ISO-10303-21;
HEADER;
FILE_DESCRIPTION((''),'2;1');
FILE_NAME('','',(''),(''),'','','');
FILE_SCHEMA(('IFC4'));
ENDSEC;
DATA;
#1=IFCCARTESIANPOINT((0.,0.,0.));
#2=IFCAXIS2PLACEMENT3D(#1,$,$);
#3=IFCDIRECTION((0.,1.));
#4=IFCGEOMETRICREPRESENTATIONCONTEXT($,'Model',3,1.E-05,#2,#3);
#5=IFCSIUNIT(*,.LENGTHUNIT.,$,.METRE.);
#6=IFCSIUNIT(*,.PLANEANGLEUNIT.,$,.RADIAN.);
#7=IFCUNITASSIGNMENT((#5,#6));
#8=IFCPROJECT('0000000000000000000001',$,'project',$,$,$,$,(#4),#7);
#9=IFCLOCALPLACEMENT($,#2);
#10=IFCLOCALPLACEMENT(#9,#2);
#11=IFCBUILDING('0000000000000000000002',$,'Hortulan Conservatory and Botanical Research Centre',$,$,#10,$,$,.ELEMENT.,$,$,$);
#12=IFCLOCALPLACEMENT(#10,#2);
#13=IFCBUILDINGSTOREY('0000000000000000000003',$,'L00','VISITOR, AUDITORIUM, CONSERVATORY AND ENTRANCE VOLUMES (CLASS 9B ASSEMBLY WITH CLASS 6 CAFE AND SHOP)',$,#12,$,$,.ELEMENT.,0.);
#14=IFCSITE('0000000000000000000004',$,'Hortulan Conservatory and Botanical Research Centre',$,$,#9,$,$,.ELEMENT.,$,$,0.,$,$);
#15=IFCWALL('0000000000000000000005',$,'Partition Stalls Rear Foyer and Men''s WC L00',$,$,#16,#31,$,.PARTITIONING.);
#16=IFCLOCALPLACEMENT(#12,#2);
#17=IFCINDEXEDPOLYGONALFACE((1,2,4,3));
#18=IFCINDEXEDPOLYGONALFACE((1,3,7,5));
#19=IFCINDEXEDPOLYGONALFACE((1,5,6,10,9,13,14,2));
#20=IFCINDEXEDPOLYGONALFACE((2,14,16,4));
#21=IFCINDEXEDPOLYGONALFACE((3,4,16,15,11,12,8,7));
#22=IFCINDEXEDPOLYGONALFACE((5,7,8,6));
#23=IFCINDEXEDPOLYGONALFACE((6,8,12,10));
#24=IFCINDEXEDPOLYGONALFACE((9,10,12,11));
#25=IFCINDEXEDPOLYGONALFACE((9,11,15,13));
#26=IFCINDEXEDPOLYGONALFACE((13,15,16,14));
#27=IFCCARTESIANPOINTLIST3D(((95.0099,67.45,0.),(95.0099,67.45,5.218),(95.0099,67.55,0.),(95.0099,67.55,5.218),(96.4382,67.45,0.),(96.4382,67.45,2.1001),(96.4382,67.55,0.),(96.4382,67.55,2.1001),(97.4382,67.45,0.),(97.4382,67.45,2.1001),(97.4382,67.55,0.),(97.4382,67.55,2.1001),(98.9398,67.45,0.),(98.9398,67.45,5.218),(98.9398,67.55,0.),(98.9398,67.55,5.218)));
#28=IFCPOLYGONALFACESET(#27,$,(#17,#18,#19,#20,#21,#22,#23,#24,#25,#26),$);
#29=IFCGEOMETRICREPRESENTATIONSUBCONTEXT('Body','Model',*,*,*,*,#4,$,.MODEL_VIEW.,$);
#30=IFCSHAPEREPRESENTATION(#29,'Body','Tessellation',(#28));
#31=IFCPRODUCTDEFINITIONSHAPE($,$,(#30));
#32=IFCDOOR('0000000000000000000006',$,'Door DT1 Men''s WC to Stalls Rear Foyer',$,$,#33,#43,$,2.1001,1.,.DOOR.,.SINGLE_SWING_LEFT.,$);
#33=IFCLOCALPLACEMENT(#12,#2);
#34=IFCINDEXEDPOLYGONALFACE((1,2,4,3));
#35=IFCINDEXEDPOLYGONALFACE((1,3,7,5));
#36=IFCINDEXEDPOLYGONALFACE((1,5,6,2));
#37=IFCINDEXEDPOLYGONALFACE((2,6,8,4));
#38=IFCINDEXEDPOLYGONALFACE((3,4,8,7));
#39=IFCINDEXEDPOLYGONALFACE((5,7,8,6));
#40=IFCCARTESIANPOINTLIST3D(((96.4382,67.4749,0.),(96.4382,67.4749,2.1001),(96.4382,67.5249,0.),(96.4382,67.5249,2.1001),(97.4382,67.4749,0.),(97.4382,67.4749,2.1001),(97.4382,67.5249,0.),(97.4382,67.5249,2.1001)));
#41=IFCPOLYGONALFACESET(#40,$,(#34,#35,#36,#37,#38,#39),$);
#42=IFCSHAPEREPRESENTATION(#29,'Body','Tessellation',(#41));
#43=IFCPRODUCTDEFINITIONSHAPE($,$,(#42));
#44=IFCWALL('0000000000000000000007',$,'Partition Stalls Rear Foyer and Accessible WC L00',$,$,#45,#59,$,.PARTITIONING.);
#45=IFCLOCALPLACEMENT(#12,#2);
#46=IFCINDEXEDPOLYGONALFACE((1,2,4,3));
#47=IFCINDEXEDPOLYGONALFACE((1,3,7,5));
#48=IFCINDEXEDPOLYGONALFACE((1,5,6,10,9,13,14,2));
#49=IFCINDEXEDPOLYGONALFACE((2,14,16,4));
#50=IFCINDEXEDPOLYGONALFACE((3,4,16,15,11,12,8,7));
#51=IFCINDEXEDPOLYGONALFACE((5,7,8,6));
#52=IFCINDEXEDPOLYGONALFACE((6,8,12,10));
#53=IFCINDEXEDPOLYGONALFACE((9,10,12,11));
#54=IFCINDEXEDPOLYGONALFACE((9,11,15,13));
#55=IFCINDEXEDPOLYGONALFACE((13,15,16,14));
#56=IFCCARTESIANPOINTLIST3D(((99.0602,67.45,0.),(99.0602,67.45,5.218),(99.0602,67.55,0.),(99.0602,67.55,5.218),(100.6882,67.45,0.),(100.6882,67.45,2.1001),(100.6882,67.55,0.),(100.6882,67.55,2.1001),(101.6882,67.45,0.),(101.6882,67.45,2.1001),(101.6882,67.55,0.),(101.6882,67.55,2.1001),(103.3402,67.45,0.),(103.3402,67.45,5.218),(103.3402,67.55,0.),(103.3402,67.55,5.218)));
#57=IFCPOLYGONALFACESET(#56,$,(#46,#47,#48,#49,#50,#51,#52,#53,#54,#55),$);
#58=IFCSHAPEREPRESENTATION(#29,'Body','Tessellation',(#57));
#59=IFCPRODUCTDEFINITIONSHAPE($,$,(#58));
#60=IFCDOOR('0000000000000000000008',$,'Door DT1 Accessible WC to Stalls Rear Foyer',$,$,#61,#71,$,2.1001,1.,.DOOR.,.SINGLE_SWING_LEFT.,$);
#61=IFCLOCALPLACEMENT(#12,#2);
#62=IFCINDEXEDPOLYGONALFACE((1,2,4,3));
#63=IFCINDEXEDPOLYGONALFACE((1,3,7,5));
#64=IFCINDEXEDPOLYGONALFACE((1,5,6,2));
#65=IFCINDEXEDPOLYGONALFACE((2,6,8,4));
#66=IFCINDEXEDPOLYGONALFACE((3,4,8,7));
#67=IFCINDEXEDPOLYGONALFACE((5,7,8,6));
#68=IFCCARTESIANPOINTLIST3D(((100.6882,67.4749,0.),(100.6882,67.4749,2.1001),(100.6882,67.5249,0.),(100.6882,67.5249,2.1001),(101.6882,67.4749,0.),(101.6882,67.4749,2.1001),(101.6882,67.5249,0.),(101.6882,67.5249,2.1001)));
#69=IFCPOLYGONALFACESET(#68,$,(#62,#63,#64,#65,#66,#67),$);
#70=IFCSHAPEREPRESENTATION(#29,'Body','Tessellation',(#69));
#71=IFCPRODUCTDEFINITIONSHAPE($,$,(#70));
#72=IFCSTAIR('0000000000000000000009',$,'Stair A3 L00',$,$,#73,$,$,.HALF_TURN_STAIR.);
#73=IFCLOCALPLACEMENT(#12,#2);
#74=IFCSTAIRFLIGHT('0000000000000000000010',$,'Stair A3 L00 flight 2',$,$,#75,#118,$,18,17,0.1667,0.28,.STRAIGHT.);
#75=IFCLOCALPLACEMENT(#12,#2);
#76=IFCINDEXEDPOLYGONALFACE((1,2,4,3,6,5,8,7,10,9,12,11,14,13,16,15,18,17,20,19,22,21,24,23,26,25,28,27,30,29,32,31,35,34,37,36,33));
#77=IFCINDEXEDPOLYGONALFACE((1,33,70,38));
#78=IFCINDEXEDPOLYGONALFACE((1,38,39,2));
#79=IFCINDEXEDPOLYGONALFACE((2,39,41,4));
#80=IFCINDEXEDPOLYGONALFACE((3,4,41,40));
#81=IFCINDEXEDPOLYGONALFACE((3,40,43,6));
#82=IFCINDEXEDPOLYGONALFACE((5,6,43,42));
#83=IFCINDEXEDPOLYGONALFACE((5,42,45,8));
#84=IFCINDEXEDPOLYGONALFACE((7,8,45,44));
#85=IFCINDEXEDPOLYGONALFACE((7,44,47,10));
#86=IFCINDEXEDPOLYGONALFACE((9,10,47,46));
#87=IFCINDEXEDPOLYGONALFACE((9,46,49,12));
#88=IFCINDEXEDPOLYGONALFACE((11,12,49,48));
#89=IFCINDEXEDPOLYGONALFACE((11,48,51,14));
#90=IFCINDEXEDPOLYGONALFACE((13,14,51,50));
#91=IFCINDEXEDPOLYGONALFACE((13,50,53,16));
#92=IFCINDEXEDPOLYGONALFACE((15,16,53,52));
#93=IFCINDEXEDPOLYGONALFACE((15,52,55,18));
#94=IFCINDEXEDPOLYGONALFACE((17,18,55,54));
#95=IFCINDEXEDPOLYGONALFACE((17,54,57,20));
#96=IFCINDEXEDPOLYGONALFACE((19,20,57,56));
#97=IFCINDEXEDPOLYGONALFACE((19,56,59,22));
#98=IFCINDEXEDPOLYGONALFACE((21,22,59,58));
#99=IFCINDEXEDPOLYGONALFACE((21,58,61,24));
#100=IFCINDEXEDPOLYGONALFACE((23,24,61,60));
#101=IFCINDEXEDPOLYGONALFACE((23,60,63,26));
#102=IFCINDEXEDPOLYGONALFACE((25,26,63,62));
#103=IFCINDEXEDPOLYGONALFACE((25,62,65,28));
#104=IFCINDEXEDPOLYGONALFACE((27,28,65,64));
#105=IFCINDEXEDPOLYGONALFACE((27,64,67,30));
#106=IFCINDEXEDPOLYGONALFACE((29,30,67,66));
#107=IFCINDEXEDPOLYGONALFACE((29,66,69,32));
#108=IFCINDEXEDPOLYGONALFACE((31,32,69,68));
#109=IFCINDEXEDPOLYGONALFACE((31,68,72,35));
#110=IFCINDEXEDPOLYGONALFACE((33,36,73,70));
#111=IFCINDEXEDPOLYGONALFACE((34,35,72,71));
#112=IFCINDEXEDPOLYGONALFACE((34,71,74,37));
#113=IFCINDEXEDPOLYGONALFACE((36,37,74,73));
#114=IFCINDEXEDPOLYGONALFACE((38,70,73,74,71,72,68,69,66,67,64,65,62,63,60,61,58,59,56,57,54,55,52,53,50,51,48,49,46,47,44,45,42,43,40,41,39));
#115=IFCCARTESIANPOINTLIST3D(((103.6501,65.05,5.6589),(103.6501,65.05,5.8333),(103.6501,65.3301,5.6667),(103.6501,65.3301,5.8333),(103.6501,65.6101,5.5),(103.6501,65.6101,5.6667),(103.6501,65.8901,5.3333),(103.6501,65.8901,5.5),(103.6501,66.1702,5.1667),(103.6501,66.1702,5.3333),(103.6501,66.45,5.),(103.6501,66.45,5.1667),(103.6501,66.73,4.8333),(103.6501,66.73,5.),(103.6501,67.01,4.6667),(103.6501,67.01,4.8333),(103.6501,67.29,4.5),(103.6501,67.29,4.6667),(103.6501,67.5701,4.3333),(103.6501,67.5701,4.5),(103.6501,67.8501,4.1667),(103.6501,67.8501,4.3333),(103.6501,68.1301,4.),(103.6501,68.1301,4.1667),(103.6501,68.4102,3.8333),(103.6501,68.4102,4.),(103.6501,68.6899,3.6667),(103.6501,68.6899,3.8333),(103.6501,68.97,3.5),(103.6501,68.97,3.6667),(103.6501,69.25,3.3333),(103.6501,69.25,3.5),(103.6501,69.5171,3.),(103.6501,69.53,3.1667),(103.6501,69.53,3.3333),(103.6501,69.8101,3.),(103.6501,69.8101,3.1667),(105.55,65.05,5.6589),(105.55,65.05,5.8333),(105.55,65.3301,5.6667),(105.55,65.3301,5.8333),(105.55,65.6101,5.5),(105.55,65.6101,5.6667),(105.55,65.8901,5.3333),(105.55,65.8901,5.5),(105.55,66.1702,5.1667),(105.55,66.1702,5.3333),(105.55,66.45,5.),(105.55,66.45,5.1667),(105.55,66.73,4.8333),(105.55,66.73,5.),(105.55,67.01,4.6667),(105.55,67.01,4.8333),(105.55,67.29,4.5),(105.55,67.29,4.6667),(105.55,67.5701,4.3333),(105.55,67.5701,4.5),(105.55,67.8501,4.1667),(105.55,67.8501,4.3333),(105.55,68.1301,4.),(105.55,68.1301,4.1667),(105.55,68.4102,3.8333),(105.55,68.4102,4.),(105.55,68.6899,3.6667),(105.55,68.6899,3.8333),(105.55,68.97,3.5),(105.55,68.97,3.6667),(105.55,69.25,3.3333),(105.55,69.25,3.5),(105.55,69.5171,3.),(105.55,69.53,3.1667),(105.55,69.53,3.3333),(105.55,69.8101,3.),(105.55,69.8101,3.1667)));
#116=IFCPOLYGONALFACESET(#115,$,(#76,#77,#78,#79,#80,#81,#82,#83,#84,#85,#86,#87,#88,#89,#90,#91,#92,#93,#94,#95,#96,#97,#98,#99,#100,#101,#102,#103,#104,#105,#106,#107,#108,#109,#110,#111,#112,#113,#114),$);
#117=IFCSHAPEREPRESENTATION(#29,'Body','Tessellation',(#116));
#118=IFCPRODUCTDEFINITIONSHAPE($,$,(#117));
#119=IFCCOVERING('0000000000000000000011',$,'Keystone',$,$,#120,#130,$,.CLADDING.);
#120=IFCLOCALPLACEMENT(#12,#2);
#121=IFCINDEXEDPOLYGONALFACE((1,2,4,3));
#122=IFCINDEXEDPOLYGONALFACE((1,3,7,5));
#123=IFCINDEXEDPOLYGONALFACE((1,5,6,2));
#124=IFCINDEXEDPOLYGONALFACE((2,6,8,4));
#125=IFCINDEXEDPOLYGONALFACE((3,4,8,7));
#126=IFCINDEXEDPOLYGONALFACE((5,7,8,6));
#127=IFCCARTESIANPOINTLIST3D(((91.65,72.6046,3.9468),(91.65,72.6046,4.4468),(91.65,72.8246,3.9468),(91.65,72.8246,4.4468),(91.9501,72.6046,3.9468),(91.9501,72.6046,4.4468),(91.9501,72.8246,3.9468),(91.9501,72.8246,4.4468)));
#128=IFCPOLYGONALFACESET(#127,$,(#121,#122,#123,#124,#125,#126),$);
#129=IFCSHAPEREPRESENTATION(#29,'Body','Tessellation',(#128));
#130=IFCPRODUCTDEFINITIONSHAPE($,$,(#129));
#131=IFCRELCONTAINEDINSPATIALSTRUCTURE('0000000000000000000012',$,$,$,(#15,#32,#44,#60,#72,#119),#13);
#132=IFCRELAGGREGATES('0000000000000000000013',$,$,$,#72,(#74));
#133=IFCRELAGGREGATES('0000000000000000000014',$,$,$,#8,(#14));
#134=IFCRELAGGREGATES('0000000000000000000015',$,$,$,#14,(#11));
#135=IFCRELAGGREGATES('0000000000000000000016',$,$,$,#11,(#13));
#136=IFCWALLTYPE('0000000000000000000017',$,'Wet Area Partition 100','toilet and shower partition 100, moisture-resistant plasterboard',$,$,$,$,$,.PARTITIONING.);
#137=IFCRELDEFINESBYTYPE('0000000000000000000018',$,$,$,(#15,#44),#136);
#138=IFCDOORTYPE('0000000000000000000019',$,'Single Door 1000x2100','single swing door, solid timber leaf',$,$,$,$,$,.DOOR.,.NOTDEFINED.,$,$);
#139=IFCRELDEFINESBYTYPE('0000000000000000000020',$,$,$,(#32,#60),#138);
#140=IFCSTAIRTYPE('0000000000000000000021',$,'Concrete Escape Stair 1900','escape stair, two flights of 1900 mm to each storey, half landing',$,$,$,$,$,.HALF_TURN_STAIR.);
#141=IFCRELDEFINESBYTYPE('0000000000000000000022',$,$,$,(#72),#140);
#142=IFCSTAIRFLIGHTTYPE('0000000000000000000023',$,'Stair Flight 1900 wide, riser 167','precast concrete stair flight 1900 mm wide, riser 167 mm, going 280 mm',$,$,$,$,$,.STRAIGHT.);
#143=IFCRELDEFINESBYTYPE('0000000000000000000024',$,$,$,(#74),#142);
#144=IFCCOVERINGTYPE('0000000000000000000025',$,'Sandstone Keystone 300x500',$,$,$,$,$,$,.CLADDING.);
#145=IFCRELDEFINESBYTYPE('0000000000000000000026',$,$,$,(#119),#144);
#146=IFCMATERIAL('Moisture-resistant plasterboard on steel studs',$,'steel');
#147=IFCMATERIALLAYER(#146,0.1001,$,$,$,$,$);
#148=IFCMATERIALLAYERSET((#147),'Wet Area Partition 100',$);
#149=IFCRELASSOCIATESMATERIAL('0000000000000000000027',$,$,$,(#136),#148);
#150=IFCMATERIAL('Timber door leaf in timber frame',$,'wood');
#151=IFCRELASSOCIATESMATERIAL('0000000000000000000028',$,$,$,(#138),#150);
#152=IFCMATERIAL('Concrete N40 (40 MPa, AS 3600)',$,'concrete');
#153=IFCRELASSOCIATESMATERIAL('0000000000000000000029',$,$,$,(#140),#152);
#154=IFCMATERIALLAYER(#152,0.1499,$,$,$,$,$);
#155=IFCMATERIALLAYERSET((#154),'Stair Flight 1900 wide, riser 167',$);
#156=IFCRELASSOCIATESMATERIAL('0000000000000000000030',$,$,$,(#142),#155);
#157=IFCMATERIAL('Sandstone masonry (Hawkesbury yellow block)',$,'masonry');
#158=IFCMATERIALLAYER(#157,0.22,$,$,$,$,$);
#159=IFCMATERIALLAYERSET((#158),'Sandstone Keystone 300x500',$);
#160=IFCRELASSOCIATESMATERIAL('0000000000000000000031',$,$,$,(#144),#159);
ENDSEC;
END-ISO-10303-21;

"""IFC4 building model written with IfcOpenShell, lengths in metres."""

from ifc_helpers import new_model, si_unit, direction, frame, frame_2d, origin, origin_2d, place, context, subcontext, project, spatial, polyline, rectangle, outline, extrude, material, layer, layer_set, type_object, element, fill, aggregate, save


model = new_model("IFC4")

# Units and contexts
model_context = context("Model", 3, precision=1e-05, world=origin(), true_north=direction((0.0, 1.0)))
body_context = subcontext(model_context, "Body", "Model", "MODEL_VIEW")
ifc_project = project(units=[si_unit("LENGTHUNIT", "METRE"), si_unit("PLANEANGLEUNIT", "RADIAN")], contexts=[model_context])

# Site, building, storey
site_placement = place(None, origin())
site = spatial("IfcSite", under=ifc_project, at=site_placement, Name="Hortulan Conservatory and Botanical Research Centre", CompositionType="ELEMENT", RefElevation=0.0)
building_placement = place(site_placement, origin())
building = spatial("IfcBuilding", under=site, at=building_placement, Name="Hortulan Conservatory and Botanical Research Centre", CompositionType="ELEMENT")
storey_placement = place(building_placement, origin())
storey = spatial("IfcBuildingStorey", under=building, at=storey_placement, Name="L00", Description="VISITOR, AUDITORIUM, CONSERVATORY AND ENTRANCE VOLUMES (CLASS 9B ASSEMBLY WITH CLASS 6 CAFE AND SHOP)", CompositionType="ELEMENT", Elevation=0.0)

# Shared definitions
ifc_material_1 = material(Name="Concrete N40 (40 MPa, AS 3600)", Category="concrete")

# Shared definitions
ifc_material_2 = material(Name="Sandstone masonry (Hawkesbury yellow block)", Category="masonry")

# Shared definitions
ifc_material_3 = material(Name="Moisture-resistant plasterboard on steel studs", Category="steel")
ifc_layer_1 = layer(ifc_material_3, 0.1001)
ifc_layer_set_1 = layer_set([ifc_layer_1], Name="Wet Area Partition 100")
wall_type_1 = type_object("IfcWallType", Name="Wet Area Partition 100", Description="toilet and shower partition 100, moisture-resistant plasterboard", PredefinedType="PARTITIONING", material=ifc_layer_set_1)

# Walls, openings, doors
ifc_material_4 = material(Name="Timber door leaf in timber frame", Category="wood")
door_type_1 = type_object("IfcDoorType", Name="Single Door 1000x2100", Description="single swing door, solid timber leaf", OperationType="NOTDEFINED", PredefinedType="DOOR", material=ifc_material_4)
wall_1_placement = place(storey_placement, frame((95.01, 67.5, 0.0), z_axis=(0.0, 0.0, 1.0), x_axis=(1.0, 0.0, 0.0)))
wall_1 = element("IfcWall", 1, at=wall_1_placement, inside=storey, type_object=wall_type_1, Name="Partition Stalls Rear Foyer and Men's WC L00", PredefinedType="PARTITIONING", context=body_context, shape_type="SweptSolid", body=[
    extrude(rectangle(XDim=3.9299, YDim=0.1001, at=frame_2d((1.9648, 0.0))), origin(), (0.0, 0.0, 1.0), 5.218),
])
opening_1_placement = place(wall_1_placement, frame((1.4282, 0.0, 0.0)))
opening_1 = element("IfcOpeningElement", 2, at=opening_1_placement, cuts=wall_1, PredefinedType="OPENING", context=body_context, shape_type="SweptSolid", body=[
    extrude(rectangle(XDim=1.0, YDim=2.1001, at=frame_2d((0.5, 1.05))), frame((0.0, 0.0601, 0.0), z_axis=(0.0, -1.0, 0.0), x_axis=(1.0, 0.0, 0.0)), (0.0, 0.0, 1.0), 0.1201),
])
door_1_placement = place(opening_1_placement, origin())
door_1 = element("IfcDoor", 3, at=door_1_placement, inside=storey, type_object=door_type_1, Name="Door DT1 Men's WC to Stalls Rear Foyer", OperationType="SINGLE_SWING_LEFT", OverallHeight=2.1001, OverallWidth=1.0, PredefinedType="DOOR", context=body_context, shape_type="SweptSolid", body=[
    extrude(rectangle(XDim=1.0, YDim=2.1001, at=frame_2d((0.5, 1.05))), frame((0.0, 0.0249, 0.0), z_axis=(0.0, -1.0, 0.0), x_axis=(1.0, 0.0, 0.0)), (0.0, 0.0, 1.0), 0.05),
])
fill(opening_1, door_1)
wall_2_placement = place(storey_placement, frame((99.0601, 67.5, 0.0), z_axis=(0.0, 0.0, 1.0), x_axis=(1.0, 0.0, 0.0)))
wall_2 = element("IfcWall", 4, at=wall_2_placement, inside=storey, type_object=wall_type_1, Name="Partition Stalls Rear Foyer and Accessible WC L00", PredefinedType="PARTITIONING", context=body_context, shape_type="SweptSolid", body=[
    extrude(rectangle(XDim=4.28, YDim=0.1001, at=frame_2d((2.1401, 0.0))), origin(), (0.0, 0.0, 1.0), 5.218),
])
opening_2_placement = place(wall_2_placement, frame((1.6282, 0.0, 0.0)))
opening_2 = element("IfcOpeningElement", 5, at=opening_2_placement, cuts=wall_2, PredefinedType="OPENING", context=body_context, shape_type="SweptSolid", body=[
    extrude(rectangle(XDim=1.0, YDim=2.1001, at=frame_2d((0.5, 1.05))), frame((0.0, 0.0601, 0.0), z_axis=(0.0, -1.0, 0.0), x_axis=(1.0, 0.0, 0.0)), (0.0, 0.0, 1.0), 0.1201),
])
door_2_placement = place(opening_2_placement, origin())
door_2 = element("IfcDoor", 6, at=door_2_placement, inside=storey, type_object=door_type_1, Name="Door DT1 Accessible WC to Stalls Rear Foyer", OperationType="SINGLE_SWING_LEFT", OverallHeight=2.1001, OverallWidth=1.0, PredefinedType="DOOR", context=body_context, shape_type="SweptSolid", body=[
    extrude(rectangle(XDim=1.0, YDim=2.1001, at=frame_2d((0.5, 1.05))), frame((0.0, 0.0249, 0.0), z_axis=(0.0, -1.0, 0.0), x_axis=(1.0, 0.0, 0.0)), (0.0, 0.0, 1.0), 0.05),
])
fill(opening_2, door_2)

# Stair, stair flight
stair_type = type_object("IfcStairType", Name="Concrete Escape Stair 1900", Description="escape stair, two flights of 1900 mm to each storey, half landing", PredefinedType="HALF_TURN_STAIR", material=ifc_material_1)
stair_placement = place(storey_placement, origin())
stair = element("IfcStair", 7, at=stair_placement, inside=storey, type_object=stair_type, Name="Stair A3 L00", PredefinedType="HALF_TURN_STAIR")
ifc_layer_2 = layer(ifc_material_1, 0.1499)
ifc_layer_set_2 = layer_set([ifc_layer_2], Name="Stair Flight 1900 wide, riser 167")
stair_flight_type = type_object("IfcStairFlightType", Name="Stair Flight 1900 wide, riser 167", Description="precast concrete stair flight 1900 mm wide, riser 167 mm, going 280 mm", PredefinedType="STRAIGHT", material=ifc_layer_set_2)
stair_flight_placement = place(storey_placement, frame((104.6001, 69.8101, 3.0), z_axis=(0.0, 0.0, 1.0), x_axis=(0.0, -1.0, 0.0)))
stair_flight = element("IfcStairFlight", 8, at=stair_flight_placement, type_object=stair_flight_type, Name="Stair A3 L00 flight 2", NumberOfRisers=18, NumberOfTreads=17, PredefinedType="STRAIGHT", RiserHeight=0.1667, TreadLength=0.28, context=body_context, shape_type="SweptSolid", body=[
    extrude(outline(polyline([(0.0, 0.0), (0.0, 0.1667), (0.28, 0.1667), (0.28, 0.3333), (0.5601, 0.3333), (0.5601, 0.5), (0.8401, 0.5), (0.8401, 0.6667), (1.1201, 0.6667), (1.1201, 0.8333), (1.3999, 0.8333), (1.3999, 1.0), (1.6799, 1.0), (1.6799, 1.1667), (1.96, 1.1667), (1.96, 1.3333), (2.24, 1.3333), (2.24, 1.5), (2.52, 1.5), (2.52, 1.6667), (2.8, 1.6667), (2.8, 1.8333), (3.0801, 1.8333), (3.0801, 2.0), (3.3601, 2.0), (3.3601, 2.1667), (3.6399, 2.1667), (3.6399, 2.3333), (3.9199, 2.3333), (3.9199, 2.5), (4.2, 2.5), (4.2, 2.6667), (4.48, 2.6667), (4.48, 2.8333), (4.76, 2.8333), (4.76, 3.0), (4.76, 2.6589), (0.293, 0.0), (0.0, 0.0)])), frame((0.0, 0.95, 0.0), z_axis=(0.0, -1.0, 0.0), x_axis=(1.0, 0.0, 0.0)), (0.0, 0.0, 1.0), 1.8999),
])
aggregate(stair, [stair_flight])

# Covering
ifc_layer_3 = layer(ifc_material_2, 0.22)
ifc_layer_set_3 = layer_set([ifc_layer_3], Name="Sandstone Keystone 300x500")
covering_type_1 = type_object("IfcCoveringType", Name="Sandstone Keystone 300x500", PredefinedType="CLADDING", material=ifc_layer_set_3)
covering_1_placement = place(storey_placement, frame((91.8, 72.7146, 3.9468), z_axis=(0.0, 0.0, 1.0), x_axis=(1.0, 0.0, 0.0)))
element("IfcCovering", 9, at=covering_1_placement, inside=storey, type_object=covering_type_1, Name="Keystone", PredefinedType="CLADDING", context=body_context, shape_type="SweptSolid", body=[
    extrude(rectangle(XDim=0.3, YDim=0.22, at=origin_2d()), origin(), (0.0, 0.0, 1.0), 0.5),
])

save(model, "model.ifc")
